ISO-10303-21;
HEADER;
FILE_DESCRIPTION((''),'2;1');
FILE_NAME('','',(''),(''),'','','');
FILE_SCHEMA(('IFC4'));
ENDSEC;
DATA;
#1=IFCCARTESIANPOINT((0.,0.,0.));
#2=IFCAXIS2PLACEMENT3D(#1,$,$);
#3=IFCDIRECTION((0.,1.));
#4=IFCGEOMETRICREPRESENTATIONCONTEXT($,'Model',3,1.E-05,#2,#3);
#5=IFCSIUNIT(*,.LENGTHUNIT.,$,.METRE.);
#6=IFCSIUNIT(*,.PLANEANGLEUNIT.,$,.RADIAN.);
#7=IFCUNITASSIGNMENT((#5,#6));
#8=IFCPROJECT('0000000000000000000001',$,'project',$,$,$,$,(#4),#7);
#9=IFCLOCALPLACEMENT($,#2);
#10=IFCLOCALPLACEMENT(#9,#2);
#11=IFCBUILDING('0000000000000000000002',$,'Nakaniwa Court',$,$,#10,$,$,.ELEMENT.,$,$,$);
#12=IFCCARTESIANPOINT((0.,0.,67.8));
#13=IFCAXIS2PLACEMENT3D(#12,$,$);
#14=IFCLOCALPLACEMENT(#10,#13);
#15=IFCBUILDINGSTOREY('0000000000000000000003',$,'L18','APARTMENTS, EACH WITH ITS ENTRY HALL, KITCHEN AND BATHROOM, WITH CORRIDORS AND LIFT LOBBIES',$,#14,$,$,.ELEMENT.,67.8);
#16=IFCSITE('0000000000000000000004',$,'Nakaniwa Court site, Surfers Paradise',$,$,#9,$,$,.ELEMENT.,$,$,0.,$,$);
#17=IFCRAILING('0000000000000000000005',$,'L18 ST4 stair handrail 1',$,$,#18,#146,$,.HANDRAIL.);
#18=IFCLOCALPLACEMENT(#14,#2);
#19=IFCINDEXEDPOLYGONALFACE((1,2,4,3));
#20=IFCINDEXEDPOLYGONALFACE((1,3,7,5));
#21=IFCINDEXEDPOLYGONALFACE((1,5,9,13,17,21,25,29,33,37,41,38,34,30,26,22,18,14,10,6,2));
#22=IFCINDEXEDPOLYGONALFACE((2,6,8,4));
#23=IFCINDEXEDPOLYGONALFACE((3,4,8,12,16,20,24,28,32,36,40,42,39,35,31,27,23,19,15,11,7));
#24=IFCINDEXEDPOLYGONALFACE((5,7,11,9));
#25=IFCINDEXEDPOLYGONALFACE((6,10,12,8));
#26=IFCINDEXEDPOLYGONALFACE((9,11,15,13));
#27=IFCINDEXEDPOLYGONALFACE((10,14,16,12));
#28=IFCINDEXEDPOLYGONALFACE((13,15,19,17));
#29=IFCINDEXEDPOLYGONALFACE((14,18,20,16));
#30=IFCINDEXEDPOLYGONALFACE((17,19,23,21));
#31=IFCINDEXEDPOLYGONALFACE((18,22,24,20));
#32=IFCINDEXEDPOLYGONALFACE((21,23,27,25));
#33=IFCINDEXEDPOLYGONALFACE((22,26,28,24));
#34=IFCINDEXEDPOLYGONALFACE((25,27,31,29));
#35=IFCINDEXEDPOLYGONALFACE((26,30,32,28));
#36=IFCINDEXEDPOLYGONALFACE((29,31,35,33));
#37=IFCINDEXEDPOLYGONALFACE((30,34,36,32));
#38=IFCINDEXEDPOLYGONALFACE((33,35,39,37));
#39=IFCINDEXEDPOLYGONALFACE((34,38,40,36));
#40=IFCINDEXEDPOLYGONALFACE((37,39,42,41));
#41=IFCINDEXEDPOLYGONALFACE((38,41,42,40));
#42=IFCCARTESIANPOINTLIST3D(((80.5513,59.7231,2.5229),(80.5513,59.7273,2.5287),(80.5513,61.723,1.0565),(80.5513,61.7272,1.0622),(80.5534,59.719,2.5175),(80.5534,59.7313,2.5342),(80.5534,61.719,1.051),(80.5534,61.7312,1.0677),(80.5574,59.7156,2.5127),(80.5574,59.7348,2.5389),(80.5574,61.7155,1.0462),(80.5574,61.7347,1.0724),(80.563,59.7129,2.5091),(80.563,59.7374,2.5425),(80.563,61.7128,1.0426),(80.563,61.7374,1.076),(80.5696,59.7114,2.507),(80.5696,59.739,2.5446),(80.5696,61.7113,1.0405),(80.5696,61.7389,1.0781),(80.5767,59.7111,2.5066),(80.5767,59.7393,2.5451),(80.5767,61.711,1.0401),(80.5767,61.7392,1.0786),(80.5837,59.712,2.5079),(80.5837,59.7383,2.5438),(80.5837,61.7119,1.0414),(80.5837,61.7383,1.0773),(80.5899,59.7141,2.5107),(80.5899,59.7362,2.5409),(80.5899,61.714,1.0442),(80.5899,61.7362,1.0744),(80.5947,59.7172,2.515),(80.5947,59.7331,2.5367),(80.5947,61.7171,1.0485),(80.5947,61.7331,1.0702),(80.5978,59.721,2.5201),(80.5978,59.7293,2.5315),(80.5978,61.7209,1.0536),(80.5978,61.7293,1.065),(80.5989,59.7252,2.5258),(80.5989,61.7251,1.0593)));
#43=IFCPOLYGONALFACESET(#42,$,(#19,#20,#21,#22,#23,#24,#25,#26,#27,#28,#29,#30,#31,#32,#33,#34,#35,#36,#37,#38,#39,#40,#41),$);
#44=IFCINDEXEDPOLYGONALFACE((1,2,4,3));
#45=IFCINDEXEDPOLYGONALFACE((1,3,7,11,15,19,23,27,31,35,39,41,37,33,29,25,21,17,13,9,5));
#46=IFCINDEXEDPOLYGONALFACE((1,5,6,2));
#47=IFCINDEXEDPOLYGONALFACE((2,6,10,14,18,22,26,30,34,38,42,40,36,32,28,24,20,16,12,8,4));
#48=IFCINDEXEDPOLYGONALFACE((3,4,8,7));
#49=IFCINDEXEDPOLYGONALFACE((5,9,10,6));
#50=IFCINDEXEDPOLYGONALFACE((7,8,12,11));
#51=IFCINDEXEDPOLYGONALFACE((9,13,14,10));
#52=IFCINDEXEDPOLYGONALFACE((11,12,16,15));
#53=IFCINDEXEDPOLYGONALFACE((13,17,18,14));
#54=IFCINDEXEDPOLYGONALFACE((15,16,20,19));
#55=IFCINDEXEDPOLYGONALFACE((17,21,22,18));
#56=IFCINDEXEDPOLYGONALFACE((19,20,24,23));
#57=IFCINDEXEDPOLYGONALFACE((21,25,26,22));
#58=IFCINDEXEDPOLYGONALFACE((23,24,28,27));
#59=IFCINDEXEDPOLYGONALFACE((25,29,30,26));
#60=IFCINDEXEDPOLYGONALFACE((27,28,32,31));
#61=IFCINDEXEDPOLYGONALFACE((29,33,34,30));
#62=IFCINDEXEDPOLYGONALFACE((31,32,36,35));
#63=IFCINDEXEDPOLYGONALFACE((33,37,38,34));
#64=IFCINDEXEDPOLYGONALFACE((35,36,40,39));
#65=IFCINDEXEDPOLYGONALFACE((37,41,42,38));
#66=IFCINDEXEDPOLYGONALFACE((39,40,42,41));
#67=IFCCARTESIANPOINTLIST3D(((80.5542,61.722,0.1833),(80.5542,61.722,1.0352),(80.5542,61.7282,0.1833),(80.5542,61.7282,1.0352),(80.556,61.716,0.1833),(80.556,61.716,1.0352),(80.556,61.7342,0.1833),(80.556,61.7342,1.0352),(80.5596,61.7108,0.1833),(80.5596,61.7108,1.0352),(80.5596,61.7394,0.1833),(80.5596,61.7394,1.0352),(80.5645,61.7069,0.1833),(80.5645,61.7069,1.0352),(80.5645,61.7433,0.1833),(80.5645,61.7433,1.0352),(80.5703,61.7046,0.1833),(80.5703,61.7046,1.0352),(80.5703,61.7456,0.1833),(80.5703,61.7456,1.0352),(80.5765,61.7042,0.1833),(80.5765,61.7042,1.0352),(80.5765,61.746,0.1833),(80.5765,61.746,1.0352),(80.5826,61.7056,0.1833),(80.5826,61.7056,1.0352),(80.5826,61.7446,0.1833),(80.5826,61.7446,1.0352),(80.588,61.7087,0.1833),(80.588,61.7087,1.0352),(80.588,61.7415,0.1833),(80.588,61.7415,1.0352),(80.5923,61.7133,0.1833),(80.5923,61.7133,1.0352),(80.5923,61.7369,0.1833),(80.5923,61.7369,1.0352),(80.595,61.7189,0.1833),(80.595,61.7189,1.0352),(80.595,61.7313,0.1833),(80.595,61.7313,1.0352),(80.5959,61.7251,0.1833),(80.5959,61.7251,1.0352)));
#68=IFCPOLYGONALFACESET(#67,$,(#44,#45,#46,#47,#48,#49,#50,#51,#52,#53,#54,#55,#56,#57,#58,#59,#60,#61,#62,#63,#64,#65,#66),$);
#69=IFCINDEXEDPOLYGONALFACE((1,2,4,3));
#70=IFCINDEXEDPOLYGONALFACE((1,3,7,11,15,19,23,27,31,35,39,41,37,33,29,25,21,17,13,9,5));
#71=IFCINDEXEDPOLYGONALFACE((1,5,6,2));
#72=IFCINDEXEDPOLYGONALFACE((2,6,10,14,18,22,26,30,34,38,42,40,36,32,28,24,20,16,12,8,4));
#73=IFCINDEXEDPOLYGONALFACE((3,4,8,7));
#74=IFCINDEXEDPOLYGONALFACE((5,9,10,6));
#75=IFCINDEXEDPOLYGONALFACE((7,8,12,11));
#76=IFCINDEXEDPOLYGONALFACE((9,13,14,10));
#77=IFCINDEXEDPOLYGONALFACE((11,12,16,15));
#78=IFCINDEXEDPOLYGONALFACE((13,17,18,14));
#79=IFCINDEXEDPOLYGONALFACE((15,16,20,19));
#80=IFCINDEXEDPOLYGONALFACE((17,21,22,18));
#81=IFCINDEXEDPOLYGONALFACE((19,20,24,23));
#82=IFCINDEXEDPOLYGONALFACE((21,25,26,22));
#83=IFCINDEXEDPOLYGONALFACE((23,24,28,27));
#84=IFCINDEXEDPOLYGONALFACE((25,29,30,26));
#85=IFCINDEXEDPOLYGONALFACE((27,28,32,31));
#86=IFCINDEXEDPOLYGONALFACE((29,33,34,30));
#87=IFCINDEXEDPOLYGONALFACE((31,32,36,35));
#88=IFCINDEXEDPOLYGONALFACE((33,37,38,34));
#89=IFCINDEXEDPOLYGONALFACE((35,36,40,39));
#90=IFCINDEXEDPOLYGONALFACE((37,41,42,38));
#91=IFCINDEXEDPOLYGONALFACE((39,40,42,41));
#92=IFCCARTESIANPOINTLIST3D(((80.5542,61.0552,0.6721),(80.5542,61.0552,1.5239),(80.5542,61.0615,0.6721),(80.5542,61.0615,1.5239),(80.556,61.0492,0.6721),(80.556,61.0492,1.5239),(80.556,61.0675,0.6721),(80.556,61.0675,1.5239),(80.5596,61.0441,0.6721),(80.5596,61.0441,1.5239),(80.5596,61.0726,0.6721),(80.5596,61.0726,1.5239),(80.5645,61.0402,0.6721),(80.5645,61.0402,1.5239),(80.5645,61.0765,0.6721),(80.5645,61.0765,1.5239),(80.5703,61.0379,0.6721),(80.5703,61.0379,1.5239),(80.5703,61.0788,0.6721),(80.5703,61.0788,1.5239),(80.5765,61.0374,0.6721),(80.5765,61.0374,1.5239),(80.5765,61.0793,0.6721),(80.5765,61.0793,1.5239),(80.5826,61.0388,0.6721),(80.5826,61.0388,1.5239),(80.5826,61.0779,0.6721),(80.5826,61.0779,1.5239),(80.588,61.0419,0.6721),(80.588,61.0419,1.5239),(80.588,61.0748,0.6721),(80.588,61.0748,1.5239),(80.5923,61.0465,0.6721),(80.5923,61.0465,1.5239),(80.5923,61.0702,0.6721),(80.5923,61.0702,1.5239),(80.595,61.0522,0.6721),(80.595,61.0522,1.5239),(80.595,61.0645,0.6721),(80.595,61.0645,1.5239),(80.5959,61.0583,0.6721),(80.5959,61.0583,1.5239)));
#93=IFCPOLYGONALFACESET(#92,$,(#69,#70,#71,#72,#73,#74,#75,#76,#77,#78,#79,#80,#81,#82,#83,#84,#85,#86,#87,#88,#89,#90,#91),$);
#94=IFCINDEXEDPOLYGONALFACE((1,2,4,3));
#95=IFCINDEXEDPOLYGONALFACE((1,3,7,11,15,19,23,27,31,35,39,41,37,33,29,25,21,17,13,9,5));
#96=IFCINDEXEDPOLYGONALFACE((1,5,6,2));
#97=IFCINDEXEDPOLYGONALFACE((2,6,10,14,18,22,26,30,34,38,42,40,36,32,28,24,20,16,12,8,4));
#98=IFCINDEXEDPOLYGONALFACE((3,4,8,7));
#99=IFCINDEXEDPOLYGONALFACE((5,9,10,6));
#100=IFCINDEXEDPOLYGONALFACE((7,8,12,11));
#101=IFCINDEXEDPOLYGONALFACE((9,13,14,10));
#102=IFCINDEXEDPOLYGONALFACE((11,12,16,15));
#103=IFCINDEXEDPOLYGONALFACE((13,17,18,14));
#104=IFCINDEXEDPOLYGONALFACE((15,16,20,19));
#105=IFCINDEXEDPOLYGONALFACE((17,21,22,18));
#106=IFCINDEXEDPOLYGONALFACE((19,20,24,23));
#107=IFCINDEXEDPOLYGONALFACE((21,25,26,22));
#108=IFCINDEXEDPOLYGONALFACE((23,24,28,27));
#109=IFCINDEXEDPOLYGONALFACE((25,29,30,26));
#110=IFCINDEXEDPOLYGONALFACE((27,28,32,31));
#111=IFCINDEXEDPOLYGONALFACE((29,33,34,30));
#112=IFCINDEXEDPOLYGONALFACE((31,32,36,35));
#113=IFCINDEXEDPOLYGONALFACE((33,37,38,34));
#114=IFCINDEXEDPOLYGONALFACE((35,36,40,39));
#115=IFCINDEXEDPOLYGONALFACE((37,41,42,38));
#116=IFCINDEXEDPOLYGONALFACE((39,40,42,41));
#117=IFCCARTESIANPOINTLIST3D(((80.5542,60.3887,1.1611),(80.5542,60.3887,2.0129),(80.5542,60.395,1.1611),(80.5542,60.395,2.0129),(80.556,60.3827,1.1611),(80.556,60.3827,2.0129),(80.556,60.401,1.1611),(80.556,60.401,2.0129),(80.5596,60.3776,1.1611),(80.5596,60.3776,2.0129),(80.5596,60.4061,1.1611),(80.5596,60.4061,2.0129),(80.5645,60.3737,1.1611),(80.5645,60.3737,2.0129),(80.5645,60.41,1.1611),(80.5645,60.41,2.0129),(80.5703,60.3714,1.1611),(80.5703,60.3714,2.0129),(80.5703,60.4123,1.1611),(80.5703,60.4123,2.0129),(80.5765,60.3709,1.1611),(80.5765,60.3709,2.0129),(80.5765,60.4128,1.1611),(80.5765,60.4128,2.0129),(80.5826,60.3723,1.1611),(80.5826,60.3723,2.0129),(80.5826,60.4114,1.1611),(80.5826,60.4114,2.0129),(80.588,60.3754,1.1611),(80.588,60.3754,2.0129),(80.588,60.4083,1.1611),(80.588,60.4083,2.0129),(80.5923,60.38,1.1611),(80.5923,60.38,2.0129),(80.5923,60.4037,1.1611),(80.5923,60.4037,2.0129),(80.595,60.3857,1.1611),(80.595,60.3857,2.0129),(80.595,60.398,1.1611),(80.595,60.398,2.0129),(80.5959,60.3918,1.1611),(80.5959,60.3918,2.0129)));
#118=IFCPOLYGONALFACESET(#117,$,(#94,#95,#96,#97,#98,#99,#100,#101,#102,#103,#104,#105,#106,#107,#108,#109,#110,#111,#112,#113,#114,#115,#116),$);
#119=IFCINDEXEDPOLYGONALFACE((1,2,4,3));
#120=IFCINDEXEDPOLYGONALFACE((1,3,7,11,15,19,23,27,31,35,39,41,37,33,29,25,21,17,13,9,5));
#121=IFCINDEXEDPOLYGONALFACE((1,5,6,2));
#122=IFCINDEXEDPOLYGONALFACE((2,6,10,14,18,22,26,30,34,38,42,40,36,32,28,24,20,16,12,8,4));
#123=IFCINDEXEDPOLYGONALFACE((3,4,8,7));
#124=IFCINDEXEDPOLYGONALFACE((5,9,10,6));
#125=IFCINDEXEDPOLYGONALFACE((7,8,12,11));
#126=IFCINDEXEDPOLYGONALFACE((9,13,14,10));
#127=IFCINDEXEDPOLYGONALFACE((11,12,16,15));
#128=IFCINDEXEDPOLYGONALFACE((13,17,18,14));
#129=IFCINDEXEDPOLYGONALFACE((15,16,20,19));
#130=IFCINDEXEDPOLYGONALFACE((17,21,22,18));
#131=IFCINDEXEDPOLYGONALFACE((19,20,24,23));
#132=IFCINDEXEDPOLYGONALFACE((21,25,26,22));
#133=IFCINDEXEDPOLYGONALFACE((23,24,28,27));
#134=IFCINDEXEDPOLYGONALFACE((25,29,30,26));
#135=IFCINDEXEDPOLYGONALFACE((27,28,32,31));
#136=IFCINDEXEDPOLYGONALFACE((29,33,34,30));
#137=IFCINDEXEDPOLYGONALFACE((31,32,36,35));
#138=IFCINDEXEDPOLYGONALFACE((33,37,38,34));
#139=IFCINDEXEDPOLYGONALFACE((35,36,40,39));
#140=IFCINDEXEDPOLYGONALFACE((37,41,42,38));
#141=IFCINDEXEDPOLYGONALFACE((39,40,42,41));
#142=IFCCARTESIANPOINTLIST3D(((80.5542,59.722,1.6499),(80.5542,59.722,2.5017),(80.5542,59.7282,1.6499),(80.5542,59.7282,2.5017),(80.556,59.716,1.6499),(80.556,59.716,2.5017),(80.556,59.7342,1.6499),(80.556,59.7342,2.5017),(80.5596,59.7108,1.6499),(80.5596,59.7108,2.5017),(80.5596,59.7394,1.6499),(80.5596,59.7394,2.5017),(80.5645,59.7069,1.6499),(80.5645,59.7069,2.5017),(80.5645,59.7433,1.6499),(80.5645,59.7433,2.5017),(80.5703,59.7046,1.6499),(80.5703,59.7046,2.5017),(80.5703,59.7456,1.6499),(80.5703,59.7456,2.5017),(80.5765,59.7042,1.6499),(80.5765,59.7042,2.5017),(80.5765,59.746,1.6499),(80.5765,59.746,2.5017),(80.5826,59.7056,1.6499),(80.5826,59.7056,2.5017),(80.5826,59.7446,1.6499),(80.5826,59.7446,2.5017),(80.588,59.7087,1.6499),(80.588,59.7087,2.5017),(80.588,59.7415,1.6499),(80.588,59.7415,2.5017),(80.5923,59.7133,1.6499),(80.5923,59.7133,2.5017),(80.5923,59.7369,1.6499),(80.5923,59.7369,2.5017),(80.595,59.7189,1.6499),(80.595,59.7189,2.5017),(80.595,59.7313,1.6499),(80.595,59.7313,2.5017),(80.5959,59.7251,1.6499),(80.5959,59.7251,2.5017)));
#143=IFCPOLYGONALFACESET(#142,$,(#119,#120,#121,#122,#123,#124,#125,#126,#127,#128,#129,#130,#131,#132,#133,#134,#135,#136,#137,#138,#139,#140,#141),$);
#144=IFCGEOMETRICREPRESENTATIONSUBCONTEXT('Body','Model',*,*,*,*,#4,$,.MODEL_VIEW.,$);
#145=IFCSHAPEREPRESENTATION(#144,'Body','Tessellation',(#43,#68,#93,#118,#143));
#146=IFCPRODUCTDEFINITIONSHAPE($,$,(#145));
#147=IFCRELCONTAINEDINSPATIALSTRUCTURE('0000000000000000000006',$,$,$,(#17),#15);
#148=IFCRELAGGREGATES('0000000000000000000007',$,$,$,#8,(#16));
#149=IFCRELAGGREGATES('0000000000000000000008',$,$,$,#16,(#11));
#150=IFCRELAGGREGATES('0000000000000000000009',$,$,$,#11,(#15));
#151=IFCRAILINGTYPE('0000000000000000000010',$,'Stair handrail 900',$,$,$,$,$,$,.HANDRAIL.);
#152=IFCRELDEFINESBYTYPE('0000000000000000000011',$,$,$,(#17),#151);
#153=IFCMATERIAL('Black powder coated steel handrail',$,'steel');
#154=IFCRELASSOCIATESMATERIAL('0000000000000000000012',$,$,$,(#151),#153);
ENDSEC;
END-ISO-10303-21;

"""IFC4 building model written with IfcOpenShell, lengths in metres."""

from ifc_helpers import new_model, si_unit, direction, frame, origin, origin_2d, place, context, subcontext, project, spatial, circle, extrude, material, type_object, element, save


model = new_model("IFC4")

# Units and contexts
model_context = context("Model", 3, precision=1e-05, world=origin(), true_north=direction((0.0, 1.0)))
body_context = subcontext(model_context, "Body", "Model", "MODEL_VIEW")
ifc_project = project(units=[si_unit("LENGTHUNIT", "METRE"), si_unit("PLANEANGLEUNIT", "RADIAN")], contexts=[model_context])

# Site, building, storey
site_placement = place(None, origin())
site = spatial("IfcSite", under=ifc_project, at=site_placement, Name="Nakaniwa Court site, Surfers Paradise", CompositionType="ELEMENT", RefElevation=0.0)
building_placement = place(site_placement, origin())
building = spatial("IfcBuilding", under=site, at=building_placement, Name="Nakaniwa Court", CompositionType="ELEMENT")
storey_placement = place(building_placement, frame((0.0, 0.0, 67.8)))
storey = spatial("IfcBuildingStorey", under=building, at=storey_placement, Name="L18", Description="APARTMENTS, EACH WITH ITS ENTRY HALL, KITCHEN AND BATHROOM, WITH CORRIDORS AND LIFT LOBBIES", CompositionType="ELEMENT", Elevation=67.8)

# Railing
ifc_material_1 = material(Name="Black powder coated steel handrail", Category="steel")
railing_type_1 = type_object("IfcRailingType", Name="Stair handrail 900", PredefinedType="HANDRAIL", material=ifc_material_1)
railing_1_placement = place(storey_placement, frame((80.575, 61.7251, 0.1833)))
element("IfcRailing", 1, at=railing_1_placement, inside=storey, type_object=railing_type_1, Name="L18 ST4 stair handrail 1", PredefinedType="HANDRAIL", context=body_context, shape_type="SweptSolid", body=[
    extrude(circle(Radius=0.0239, at=origin_2d()), frame((0.0, 0.0, 0.876), z_axis=(0.0, -0.806427, 0.591334), x_axis=(1.0, 0.0, 0.0)), (0.0, 0.0, 1.0), 2.48),
    extrude(circle(Radius=0.021, at=origin_2d()), origin(), (0.0, 0.0, 1.0), 0.8518),
    extrude(circle(Radius=0.021, at=origin_2d()), frame((0.0, -0.6667, 0.4888)), (0.0, 0.0, 1.0), 0.8518),
    extrude(circle(Radius=0.021, at=origin_2d()), frame((0.0, -1.3333, 0.9778)), (0.0, 0.0, 1.0), 0.8518),
    extrude(circle(Radius=0.021, at=origin_2d()), frame((0.0, -2.0, 1.4666)), (0.0, 0.0, 1.0), 0.8518),
])

save(model, "model.ifc")
